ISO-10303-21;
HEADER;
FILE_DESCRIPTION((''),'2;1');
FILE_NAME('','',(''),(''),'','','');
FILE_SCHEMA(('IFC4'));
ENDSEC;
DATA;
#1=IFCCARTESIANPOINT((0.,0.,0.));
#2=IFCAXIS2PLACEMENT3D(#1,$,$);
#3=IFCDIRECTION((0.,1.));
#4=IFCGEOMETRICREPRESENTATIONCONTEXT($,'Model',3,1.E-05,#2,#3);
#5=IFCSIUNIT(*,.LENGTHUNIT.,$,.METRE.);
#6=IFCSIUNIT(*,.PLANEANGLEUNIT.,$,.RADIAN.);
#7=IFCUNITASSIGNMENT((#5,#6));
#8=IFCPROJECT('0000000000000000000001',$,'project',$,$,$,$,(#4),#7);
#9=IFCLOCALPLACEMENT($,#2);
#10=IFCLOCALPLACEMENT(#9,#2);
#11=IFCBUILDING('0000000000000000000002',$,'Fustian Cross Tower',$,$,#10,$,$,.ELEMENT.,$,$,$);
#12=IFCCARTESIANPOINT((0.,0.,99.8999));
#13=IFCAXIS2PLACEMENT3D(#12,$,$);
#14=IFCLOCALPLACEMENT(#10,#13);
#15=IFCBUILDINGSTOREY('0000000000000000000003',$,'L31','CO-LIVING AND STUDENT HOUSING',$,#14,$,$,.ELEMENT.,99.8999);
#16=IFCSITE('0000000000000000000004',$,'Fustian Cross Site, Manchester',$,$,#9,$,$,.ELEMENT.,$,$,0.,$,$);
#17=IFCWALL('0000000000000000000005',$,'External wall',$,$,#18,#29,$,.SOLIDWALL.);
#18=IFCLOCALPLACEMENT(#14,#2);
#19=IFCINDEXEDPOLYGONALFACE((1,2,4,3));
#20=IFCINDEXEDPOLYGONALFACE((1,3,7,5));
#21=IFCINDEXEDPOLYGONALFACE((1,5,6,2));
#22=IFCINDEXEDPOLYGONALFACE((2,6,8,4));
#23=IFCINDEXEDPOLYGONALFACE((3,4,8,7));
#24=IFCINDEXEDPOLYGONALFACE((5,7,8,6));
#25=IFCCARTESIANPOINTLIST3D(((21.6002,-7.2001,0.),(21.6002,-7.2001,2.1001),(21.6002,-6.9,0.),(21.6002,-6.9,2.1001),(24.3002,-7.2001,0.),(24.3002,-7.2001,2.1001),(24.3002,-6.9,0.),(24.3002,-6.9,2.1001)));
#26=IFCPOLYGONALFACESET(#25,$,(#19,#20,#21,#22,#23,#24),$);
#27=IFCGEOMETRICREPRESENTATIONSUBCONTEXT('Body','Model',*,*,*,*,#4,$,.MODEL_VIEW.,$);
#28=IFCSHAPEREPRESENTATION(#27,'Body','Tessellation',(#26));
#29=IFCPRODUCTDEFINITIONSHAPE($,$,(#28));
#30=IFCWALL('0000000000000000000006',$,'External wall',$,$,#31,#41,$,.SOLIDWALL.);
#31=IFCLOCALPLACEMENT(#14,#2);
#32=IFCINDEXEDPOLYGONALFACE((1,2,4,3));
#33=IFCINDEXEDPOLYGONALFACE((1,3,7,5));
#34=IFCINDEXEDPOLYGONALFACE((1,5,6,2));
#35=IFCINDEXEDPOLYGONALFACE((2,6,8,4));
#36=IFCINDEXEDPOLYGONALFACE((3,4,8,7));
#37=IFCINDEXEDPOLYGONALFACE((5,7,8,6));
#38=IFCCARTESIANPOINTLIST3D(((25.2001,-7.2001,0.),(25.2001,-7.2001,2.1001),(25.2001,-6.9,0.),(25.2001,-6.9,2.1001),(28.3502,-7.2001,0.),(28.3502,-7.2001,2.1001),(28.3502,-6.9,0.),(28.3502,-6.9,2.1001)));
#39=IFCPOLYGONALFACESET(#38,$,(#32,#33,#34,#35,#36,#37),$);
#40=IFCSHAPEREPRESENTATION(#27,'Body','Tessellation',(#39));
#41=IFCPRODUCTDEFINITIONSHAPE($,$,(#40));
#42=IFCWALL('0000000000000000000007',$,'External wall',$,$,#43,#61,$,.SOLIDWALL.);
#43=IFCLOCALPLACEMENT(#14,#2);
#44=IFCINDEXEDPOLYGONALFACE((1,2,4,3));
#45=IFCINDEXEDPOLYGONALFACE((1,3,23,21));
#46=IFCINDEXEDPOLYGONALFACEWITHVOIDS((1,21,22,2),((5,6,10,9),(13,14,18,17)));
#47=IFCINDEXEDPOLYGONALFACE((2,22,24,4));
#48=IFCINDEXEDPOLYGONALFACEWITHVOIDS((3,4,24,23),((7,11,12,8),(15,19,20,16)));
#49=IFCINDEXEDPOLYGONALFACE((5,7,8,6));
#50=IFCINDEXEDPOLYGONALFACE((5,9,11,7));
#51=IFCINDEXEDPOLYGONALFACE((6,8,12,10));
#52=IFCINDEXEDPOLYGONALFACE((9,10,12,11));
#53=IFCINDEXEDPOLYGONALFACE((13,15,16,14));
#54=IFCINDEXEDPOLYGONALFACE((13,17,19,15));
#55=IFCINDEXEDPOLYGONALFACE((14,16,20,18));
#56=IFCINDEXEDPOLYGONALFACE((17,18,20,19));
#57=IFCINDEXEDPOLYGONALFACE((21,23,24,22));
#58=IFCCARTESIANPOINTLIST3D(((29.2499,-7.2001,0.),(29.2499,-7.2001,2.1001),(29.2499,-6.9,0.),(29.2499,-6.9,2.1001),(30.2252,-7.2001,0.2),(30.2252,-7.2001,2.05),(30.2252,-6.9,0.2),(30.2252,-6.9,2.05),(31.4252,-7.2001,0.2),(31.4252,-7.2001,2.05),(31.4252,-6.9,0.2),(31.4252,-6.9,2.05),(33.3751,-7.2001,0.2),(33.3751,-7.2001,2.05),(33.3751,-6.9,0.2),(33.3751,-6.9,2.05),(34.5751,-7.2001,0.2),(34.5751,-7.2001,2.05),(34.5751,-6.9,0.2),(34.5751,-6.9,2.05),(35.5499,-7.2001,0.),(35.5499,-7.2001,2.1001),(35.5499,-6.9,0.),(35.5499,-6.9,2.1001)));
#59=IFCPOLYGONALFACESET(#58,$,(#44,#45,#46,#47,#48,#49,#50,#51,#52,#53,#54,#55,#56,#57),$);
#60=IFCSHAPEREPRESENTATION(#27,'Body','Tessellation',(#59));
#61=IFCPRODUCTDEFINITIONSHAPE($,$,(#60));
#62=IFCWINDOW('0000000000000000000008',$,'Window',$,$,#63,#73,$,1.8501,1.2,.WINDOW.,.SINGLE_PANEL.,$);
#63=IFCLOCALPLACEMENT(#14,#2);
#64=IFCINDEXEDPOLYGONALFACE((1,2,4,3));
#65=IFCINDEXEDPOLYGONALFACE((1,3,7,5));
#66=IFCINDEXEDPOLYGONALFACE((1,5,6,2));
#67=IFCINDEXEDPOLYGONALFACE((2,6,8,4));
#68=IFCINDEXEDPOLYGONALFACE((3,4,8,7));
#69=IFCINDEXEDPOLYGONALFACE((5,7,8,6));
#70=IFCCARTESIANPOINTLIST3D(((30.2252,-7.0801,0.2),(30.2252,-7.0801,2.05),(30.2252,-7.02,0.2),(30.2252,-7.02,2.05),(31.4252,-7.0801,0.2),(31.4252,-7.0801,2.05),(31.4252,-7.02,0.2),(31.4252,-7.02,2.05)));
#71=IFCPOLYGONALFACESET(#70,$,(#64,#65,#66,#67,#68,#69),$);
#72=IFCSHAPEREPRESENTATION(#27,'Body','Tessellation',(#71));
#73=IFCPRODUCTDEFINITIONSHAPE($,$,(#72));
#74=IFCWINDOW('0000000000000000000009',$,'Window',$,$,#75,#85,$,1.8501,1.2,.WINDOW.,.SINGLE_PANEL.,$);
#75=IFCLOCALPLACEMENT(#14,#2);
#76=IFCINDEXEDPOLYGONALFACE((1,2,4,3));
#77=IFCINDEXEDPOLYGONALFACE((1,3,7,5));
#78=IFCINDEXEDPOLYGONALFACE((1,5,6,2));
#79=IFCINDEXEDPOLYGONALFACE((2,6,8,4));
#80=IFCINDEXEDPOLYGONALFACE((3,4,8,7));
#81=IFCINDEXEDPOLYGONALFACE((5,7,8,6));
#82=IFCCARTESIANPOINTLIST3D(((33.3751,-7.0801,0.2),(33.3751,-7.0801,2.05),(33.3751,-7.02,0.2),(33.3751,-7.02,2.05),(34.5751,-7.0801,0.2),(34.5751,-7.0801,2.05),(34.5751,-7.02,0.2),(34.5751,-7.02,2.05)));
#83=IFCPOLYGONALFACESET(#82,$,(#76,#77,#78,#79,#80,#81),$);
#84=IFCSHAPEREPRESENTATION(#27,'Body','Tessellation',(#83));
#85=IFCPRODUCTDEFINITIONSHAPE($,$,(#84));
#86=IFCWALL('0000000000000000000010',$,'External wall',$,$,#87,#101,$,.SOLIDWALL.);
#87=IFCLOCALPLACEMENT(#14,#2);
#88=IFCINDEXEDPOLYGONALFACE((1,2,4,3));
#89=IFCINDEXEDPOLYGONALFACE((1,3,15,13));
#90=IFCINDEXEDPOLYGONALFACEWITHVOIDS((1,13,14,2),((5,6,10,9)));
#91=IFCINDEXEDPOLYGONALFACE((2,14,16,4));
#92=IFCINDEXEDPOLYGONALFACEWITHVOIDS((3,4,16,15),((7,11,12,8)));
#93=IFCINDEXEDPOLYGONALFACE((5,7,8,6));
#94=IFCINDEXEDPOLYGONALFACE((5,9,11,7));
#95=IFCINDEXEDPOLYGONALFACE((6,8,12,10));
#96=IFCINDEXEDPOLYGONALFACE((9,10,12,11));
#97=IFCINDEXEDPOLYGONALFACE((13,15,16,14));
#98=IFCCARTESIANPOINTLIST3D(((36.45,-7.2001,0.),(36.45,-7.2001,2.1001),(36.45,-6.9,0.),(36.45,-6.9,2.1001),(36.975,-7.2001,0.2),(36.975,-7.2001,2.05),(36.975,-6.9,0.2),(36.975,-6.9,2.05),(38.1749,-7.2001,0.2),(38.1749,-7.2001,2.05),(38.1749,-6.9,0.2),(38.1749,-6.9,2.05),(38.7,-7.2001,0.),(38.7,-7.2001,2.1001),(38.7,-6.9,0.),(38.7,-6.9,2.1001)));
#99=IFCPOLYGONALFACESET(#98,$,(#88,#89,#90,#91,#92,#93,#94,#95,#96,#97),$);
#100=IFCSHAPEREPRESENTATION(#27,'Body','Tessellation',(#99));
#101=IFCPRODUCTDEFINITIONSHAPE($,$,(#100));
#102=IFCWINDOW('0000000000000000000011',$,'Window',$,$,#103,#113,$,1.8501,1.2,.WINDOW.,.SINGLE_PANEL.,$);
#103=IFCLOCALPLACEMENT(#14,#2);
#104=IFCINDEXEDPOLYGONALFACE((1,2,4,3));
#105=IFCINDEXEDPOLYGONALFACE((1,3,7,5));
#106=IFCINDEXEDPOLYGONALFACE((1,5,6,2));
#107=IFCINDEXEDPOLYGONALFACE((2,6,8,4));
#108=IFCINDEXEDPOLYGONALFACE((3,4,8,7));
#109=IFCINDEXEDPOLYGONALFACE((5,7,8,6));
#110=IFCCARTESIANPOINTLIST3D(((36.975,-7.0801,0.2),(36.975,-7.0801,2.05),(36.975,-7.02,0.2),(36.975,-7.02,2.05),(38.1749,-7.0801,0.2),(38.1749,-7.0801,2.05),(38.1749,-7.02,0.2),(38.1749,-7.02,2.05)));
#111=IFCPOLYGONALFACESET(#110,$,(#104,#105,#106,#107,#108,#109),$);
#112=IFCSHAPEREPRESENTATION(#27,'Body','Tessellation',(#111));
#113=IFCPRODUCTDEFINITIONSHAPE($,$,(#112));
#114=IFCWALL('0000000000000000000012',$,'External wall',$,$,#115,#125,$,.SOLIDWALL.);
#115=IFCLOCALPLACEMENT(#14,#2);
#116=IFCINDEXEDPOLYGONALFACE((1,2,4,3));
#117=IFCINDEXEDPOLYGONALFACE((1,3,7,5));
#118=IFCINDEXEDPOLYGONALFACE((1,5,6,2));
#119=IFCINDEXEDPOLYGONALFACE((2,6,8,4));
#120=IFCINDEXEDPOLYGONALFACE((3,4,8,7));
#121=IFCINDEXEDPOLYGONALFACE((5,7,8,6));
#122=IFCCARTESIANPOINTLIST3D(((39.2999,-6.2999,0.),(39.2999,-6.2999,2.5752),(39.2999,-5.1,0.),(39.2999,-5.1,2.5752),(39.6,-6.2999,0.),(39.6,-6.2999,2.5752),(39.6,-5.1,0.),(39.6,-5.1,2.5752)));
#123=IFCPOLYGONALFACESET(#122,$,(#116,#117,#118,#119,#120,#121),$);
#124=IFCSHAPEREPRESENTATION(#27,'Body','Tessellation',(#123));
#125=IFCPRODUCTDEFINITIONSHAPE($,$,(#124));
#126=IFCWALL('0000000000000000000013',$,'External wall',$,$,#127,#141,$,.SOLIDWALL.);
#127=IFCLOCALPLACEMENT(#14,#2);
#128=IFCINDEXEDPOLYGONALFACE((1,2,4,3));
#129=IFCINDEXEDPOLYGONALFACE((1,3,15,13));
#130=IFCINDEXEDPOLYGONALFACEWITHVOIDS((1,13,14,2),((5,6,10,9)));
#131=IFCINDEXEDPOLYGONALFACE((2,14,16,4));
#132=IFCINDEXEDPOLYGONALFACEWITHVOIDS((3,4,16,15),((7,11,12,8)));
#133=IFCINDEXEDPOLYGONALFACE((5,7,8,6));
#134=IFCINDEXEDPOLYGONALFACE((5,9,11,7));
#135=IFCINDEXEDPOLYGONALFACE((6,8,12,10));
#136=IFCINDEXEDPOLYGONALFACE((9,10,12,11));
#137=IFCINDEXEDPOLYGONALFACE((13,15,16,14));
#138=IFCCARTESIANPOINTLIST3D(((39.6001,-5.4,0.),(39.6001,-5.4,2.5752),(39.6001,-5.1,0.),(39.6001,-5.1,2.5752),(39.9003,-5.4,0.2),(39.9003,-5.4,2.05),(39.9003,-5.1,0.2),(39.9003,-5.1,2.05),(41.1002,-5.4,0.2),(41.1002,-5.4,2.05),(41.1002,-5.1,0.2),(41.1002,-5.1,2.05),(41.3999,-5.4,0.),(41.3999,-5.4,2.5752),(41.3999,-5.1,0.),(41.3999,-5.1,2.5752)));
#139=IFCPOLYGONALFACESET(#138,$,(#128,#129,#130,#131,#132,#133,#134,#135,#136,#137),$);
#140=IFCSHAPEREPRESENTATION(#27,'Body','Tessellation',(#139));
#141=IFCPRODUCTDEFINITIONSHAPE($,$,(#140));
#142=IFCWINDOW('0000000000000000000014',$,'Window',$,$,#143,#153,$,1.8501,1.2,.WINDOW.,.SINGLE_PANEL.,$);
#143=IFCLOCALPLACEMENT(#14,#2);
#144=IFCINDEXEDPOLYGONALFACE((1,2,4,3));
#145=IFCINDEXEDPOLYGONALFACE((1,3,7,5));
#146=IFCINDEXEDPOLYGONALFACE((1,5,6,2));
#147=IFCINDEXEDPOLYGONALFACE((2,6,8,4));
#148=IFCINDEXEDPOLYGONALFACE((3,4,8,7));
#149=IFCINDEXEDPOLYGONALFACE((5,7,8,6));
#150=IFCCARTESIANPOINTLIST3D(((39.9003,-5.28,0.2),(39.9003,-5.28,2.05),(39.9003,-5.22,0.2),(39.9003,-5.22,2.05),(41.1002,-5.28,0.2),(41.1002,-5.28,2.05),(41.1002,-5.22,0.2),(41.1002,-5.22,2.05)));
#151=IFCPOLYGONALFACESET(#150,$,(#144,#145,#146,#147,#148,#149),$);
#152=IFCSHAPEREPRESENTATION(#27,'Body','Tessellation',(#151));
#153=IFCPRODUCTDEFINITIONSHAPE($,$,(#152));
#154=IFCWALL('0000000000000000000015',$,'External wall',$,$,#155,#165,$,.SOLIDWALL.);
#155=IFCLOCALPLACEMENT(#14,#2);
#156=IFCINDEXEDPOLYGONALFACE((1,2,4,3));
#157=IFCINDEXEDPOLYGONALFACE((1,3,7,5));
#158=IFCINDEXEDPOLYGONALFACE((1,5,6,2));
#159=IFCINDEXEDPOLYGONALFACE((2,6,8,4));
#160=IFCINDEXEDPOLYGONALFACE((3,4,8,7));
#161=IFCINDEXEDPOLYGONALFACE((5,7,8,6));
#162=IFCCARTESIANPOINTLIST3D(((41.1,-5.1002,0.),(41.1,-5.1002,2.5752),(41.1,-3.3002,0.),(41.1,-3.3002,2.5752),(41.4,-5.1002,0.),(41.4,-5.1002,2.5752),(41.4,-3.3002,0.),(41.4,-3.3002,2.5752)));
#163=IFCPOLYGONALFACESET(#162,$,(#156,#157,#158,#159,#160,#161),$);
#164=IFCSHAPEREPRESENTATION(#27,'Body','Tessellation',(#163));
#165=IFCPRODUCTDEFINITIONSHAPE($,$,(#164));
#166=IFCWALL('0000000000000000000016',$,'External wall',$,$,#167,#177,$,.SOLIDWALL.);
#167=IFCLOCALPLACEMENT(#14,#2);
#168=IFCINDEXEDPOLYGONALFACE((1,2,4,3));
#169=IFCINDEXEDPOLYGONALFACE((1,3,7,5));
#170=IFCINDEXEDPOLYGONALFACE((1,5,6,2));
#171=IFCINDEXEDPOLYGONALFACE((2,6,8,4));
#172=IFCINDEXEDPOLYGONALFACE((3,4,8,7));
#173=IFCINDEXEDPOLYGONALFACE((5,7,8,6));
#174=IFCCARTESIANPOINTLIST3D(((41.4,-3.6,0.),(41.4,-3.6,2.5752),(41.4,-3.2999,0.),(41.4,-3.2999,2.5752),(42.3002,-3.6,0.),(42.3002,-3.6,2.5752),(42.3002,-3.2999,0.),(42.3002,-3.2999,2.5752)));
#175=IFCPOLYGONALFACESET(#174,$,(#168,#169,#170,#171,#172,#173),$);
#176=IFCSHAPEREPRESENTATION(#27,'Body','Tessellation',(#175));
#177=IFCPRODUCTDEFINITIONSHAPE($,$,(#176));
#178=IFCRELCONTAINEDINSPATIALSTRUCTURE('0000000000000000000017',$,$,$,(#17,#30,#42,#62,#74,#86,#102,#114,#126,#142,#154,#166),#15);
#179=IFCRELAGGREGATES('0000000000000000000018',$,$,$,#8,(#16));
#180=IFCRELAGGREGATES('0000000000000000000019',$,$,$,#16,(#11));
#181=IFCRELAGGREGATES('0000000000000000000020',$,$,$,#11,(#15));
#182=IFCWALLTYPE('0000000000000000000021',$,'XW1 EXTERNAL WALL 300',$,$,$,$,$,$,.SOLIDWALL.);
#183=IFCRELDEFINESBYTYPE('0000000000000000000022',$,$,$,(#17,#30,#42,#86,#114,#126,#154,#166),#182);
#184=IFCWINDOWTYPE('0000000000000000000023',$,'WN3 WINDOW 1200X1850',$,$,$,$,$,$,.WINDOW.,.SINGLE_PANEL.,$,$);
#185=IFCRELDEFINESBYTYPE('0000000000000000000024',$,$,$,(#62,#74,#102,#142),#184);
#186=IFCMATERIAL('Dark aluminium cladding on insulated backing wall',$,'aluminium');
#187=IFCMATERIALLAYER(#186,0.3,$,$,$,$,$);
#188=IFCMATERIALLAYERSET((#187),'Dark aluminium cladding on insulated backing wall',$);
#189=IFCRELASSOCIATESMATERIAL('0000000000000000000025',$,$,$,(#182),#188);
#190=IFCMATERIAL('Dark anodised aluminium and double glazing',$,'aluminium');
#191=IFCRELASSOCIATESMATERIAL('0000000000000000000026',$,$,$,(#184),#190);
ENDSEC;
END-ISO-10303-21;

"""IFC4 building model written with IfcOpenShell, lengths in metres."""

from ifc_helpers import new_model, si_unit, direction, frame, frame_2d, origin, place, context, subcontext, project, spatial, rectangle, extrude, material, layer, layer_set, type_object, element, fill, save


model = new_model("IFC4")

# Units and contexts
model_context = context("Model", 3, precision=1e-05, world=origin(), true_north=direction((0.0, 1.0)))
body_context = subcontext(model_context, "Body", "Model", "MODEL_VIEW")
ifc_project = project(units=[si_unit("LENGTHUNIT", "METRE"), si_unit("PLANEANGLEUNIT", "RADIAN")], contexts=[model_context])

# Site, building, storey
site_placement = place(None, origin())
site = spatial("IfcSite", under=ifc_project, at=site_placement, Name="Fustian Cross Site, Manchester", CompositionType="ELEMENT", RefElevation=0.0)
building_placement = place(site_placement, origin())
building = spatial("IfcBuilding", under=site, at=building_placement, Name="Fustian Cross Tower", CompositionType="ELEMENT")
storey_placement = place(building_placement, frame((0.0, 0.0, 99.8999)))
storey = spatial("IfcBuildingStorey", under=building, at=storey_placement, Name="L31", Description="CO-LIVING AND STUDENT HOUSING", CompositionType="ELEMENT", Elevation=99.8999)

# Walls
ifc_material_1 = material(Name="Dark aluminium cladding on insulated backing wall", Category="aluminium")
ifc_layer_1 = layer(ifc_material_1, 0.3)
ifc_layer_set_1 = layer_set([ifc_layer_1], Name="Dark aluminium cladding on insulated backing wall")
wall_type_1 = type_object("IfcWallType", Name="XW1 EXTERNAL WALL 300", PredefinedType="SOLIDWALL", material=ifc_layer_set_1)
wall_1_placement = place(storey_placement, frame((21.6001, -7.05, 0.0), z_axis=(0.0, 0.0, 1.0), x_axis=(1.0, 0.0, 0.0)))
element("IfcWall", 1, at=wall_1_placement, inside=storey, type_object=wall_type_1, Name="External wall", PredefinedType="SOLIDWALL", context=body_context, shape_type="SweptSolid", body=[
    extrude(rectangle(XDim=2.7, YDim=0.3, at=frame_2d((1.3501, 0.0))), origin(), (0.0, 0.0, 1.0), 2.1001),
])
wall_2_placement = place(storey_placement, frame((25.2, -7.05, 0.0), z_axis=(0.0, 0.0, 1.0), x_axis=(1.0, 0.0, 0.0)))
element("IfcWall", 2, at=wall_2_placement, inside=storey, type_object=wall_type_1, Name="External wall", PredefinedType="SOLIDWALL", context=body_context, shape_type="SweptSolid", body=[
    extrude(rectangle(XDim=3.1501, YDim=0.3, at=frame_2d((1.5752, 0.0))), origin(), (0.0, 0.0, 1.0), 2.1001),
])

# Wall, openings, windows
wall_3_placement = place(storey_placement, frame((29.25, -7.05, 0.0), z_axis=(0.0, 0.0, 1.0), x_axis=(1.0, 0.0, 0.0)))
wall_3 = element("IfcWall", 3, at=wall_3_placement, inside=storey, type_object=wall_type_1, Name="External wall", PredefinedType="SOLIDWALL", context=body_context, shape_type="SweptSolid", body=[
    extrude(rectangle(XDim=6.3, YDim=0.3, at=frame_2d((3.1499, 0.0))), origin(), (0.0, 0.0, 1.0), 2.1001),
])
opening_1_placement = place(wall_3_placement, frame((0.9751, 0.0, 0.2)))
opening_1 = element("IfcOpeningElement", 4, at=opening_1_placement, cuts=wall_3, PredefinedType="OPENING", context=body_context, shape_type="SweptSolid", body=[
    extrude(rectangle(XDim=1.2, YDim=1.8501, at=frame_2d((0.6001, 0.925))), frame((0.0, 0.1599, 0.0), z_axis=(0.0, -1.0, 0.0), x_axis=(1.0, 0.0, 0.0)), (0.0, 0.0, 1.0), 0.3201),
])
opening_2_placement = place(wall_3_placement, frame((4.125, 0.0, 0.2)))
opening_2 = element("IfcOpeningElement", 5, at=opening_2_placement, cuts=wall_3, PredefinedType="OPENING", context=body_context, shape_type="SweptSolid", body=[
    extrude(rectangle(XDim=1.2, YDim=1.8501, at=frame_2d((0.6001, 0.925))), frame((0.0, 0.1599, 0.0), z_axis=(0.0, -1.0, 0.0), x_axis=(1.0, 0.0, 0.0)), (0.0, 0.0, 1.0), 0.3201),
])
ifc_material_2 = material(Name="Dark anodised aluminium and double glazing", Category="aluminium")
window_type = type_object("IfcWindowType", Name="WN3 WINDOW 1200X1850", PartitioningType="SINGLE_PANEL", PredefinedType="WINDOW", material=ifc_material_2)
window_1_placement = place(opening_1_placement, origin())
window_1 = element("IfcWindow", 6, at=window_1_placement, inside=storey, type_object=window_type, Name="Window", OverallHeight=1.8501, OverallWidth=1.2, PartitioningType="SINGLE_PANEL", PredefinedType="WINDOW", context=body_context, shape_type="SweptSolid", body=[
    extrude(rectangle(XDim=1.2, YDim=1.8501, at=frame_2d((0.6001, 0.925))), frame((0.0, 0.03, 0.0), z_axis=(0.0, -1.0, 0.0), x_axis=(1.0, 0.0, 0.0)), (0.0, 0.0, 1.0), 0.0601),
])
fill(opening_1, window_1)
window_2_placement = place(opening_2_placement, origin())
window_2 = element("IfcWindow", 7, at=window_2_placement, inside=storey, type_object=window_type, Name="Window", OverallHeight=1.8501, OverallWidth=1.2, PartitioningType="SINGLE_PANEL", PredefinedType="WINDOW", context=body_context, shape_type="SweptSolid", body=[
    extrude(rectangle(XDim=1.2, YDim=1.8501, at=frame_2d((0.6001, 0.925))), frame((0.0, 0.03, 0.0), z_axis=(0.0, -1.0, 0.0), x_axis=(1.0, 0.0, 0.0)), (0.0, 0.0, 1.0), 0.0601),
])
fill(opening_2, window_2)

# Wall, opening, window
wall_4_placement = place(storey_placement, frame((36.45, -7.05, 0.0), z_axis=(0.0, 0.0, 1.0), x_axis=(1.0, 0.0, 0.0)))
wall_4 = element("IfcWall", 8, at=wall_4_placement, inside=storey, type_object=wall_type_1, Name="External wall", PredefinedType="SOLIDWALL", context=body_context, shape_type="SweptSolid", body=[
    extrude(rectangle(XDim=2.25, YDim=0.3, at=frame_2d((1.125, 0.0))), origin(), (0.0, 0.0, 1.0), 2.1001),
])
opening_3_placement = place(wall_4_placement, frame((0.5249, 0.0, 0.2)))
opening_3 = element("IfcOpeningElement", 9, at=opening_3_placement, cuts=wall_4, PredefinedType="OPENING", context=body_context, shape_type="SweptSolid", body=[
    extrude(rectangle(XDim=1.2, YDim=1.8501, at=frame_2d((0.6001, 0.925))), frame((0.0, 0.1599, 0.0), z_axis=(0.0, -1.0, 0.0), x_axis=(1.0, 0.0, 0.0)), (0.0, 0.0, 1.0), 0.3201),
])
window_3_placement = place(opening_3_placement, origin())
window_3 = element("IfcWindow", 10, at=window_3_placement, inside=storey, type_object=window_type, Name="Window", OverallHeight=1.8501, OverallWidth=1.2, PartitioningType="SINGLE_PANEL", PredefinedType="WINDOW", context=body_context, shape_type="SweptSolid", body=[
    extrude(rectangle(XDim=1.2, YDim=1.8501, at=frame_2d((0.6001, 0.925))), frame((0.0, 0.03, 0.0), z_axis=(0.0, -1.0, 0.0), x_axis=(1.0, 0.0, 0.0)), (0.0, 0.0, 1.0), 0.0601),
])
fill(opening_3, window_3)

# Wall
wall_5_placement = place(storey_placement, frame((39.45, -6.3, 0.0), z_axis=(0.0, 0.0, 1.0), x_axis=(0.0, 1.0, 0.0)))
element("IfcWall", 11, at=wall_5_placement, inside=storey, type_object=wall_type_1, Name="External wall", PredefinedType="SOLIDWALL", context=body_context, shape_type="SweptSolid", body=[
    extrude(rectangle(XDim=1.2, YDim=0.3, at=frame_2d((0.6001, 0.0))), origin(), (0.0, 0.0, 1.0), 2.5752),
])

# Wall, opening, window
wall_6_placement = place(storey_placement, frame((39.6001, -5.25, 0.0), z_axis=(0.0, 0.0, 1.0), x_axis=(1.0, 0.0, 0.0)))
wall_6 = element("IfcWall", 12, at=wall_6_placement, inside=storey, type_object=wall_type_1, Name="External wall", PredefinedType="SOLIDWALL", context=body_context, shape_type="SweptSolid", body=[
    extrude(rectangle(XDim=1.7998, YDim=0.3, at=frame_2d((0.8999, 0.0))), origin(), (0.0, 0.0, 1.0), 2.5752),
])
opening_4_placement = place(wall_6_placement, frame((0.3, 0.0, 0.2)))
opening_4 = element("IfcOpeningElement", 13, at=opening_4_placement, cuts=wall_6, PredefinedType="OPENING", context=body_context, shape_type="SweptSolid", body=[
    extrude(rectangle(XDim=1.2, YDim=1.8501, at=frame_2d((0.6001, 0.925))), frame((0.0, 0.1599, 0.0), z_axis=(0.0, -1.0, 0.0), x_axis=(1.0, 0.0, 0.0)), (0.0, 0.0, 1.0), 0.3201),
])
window_4_placement = place(opening_4_placement, origin())
window_4 = element("IfcWindow", 14, at=window_4_placement, inside=storey, type_object=window_type, Name="Window", OverallHeight=1.8501, OverallWidth=1.2, PartitioningType="SINGLE_PANEL", PredefinedType="WINDOW", context=body_context, shape_type="SweptSolid", body=[
    extrude(rectangle(XDim=1.2, YDim=1.8501, at=frame_2d((0.6001, 0.925))), frame((0.0, 0.03, 0.0), z_axis=(0.0, -1.0, 0.0), x_axis=(1.0, 0.0, 0.0)), (0.0, 0.0, 1.0), 0.0601),
])
fill(opening_4, window_4)

# Walls
wall_7_placement = place(storey_placement, frame((41.25, -5.1001, 0.0), z_axis=(0.0, 0.0, 1.0), x_axis=(0.0, 1.0, 0.0)))
element("IfcWall", 15, at=wall_7_placement, inside=storey, type_object=wall_type_1, Name="External wall", PredefinedType="SOLIDWALL", context=body_context, shape_type="SweptSolid", body=[
    extrude(rectangle(XDim=1.8, YDim=0.3, at=frame_2d((0.8999, 0.0))), origin(), (0.0, 0.0, 1.0), 2.5752),
])
wall_8_placement = place(storey_placement, frame((41.3999, -3.45, 0.0), z_axis=(0.0, 0.0, 1.0), x_axis=(1.0, 0.0, 0.0)))
element("IfcWall", 16, at=wall_8_placement, inside=storey, type_object=wall_type_1, Name="External wall", PredefinedType="SOLIDWALL", context=body_context, shape_type="SweptSolid", body=[
    extrude(rectangle(XDim=0.9001, YDim=0.3, at=frame_2d((0.4502, 0.0))), origin(), (0.0, 0.0, 1.0), 2.5752),
])

save(model, "model.ifc")
